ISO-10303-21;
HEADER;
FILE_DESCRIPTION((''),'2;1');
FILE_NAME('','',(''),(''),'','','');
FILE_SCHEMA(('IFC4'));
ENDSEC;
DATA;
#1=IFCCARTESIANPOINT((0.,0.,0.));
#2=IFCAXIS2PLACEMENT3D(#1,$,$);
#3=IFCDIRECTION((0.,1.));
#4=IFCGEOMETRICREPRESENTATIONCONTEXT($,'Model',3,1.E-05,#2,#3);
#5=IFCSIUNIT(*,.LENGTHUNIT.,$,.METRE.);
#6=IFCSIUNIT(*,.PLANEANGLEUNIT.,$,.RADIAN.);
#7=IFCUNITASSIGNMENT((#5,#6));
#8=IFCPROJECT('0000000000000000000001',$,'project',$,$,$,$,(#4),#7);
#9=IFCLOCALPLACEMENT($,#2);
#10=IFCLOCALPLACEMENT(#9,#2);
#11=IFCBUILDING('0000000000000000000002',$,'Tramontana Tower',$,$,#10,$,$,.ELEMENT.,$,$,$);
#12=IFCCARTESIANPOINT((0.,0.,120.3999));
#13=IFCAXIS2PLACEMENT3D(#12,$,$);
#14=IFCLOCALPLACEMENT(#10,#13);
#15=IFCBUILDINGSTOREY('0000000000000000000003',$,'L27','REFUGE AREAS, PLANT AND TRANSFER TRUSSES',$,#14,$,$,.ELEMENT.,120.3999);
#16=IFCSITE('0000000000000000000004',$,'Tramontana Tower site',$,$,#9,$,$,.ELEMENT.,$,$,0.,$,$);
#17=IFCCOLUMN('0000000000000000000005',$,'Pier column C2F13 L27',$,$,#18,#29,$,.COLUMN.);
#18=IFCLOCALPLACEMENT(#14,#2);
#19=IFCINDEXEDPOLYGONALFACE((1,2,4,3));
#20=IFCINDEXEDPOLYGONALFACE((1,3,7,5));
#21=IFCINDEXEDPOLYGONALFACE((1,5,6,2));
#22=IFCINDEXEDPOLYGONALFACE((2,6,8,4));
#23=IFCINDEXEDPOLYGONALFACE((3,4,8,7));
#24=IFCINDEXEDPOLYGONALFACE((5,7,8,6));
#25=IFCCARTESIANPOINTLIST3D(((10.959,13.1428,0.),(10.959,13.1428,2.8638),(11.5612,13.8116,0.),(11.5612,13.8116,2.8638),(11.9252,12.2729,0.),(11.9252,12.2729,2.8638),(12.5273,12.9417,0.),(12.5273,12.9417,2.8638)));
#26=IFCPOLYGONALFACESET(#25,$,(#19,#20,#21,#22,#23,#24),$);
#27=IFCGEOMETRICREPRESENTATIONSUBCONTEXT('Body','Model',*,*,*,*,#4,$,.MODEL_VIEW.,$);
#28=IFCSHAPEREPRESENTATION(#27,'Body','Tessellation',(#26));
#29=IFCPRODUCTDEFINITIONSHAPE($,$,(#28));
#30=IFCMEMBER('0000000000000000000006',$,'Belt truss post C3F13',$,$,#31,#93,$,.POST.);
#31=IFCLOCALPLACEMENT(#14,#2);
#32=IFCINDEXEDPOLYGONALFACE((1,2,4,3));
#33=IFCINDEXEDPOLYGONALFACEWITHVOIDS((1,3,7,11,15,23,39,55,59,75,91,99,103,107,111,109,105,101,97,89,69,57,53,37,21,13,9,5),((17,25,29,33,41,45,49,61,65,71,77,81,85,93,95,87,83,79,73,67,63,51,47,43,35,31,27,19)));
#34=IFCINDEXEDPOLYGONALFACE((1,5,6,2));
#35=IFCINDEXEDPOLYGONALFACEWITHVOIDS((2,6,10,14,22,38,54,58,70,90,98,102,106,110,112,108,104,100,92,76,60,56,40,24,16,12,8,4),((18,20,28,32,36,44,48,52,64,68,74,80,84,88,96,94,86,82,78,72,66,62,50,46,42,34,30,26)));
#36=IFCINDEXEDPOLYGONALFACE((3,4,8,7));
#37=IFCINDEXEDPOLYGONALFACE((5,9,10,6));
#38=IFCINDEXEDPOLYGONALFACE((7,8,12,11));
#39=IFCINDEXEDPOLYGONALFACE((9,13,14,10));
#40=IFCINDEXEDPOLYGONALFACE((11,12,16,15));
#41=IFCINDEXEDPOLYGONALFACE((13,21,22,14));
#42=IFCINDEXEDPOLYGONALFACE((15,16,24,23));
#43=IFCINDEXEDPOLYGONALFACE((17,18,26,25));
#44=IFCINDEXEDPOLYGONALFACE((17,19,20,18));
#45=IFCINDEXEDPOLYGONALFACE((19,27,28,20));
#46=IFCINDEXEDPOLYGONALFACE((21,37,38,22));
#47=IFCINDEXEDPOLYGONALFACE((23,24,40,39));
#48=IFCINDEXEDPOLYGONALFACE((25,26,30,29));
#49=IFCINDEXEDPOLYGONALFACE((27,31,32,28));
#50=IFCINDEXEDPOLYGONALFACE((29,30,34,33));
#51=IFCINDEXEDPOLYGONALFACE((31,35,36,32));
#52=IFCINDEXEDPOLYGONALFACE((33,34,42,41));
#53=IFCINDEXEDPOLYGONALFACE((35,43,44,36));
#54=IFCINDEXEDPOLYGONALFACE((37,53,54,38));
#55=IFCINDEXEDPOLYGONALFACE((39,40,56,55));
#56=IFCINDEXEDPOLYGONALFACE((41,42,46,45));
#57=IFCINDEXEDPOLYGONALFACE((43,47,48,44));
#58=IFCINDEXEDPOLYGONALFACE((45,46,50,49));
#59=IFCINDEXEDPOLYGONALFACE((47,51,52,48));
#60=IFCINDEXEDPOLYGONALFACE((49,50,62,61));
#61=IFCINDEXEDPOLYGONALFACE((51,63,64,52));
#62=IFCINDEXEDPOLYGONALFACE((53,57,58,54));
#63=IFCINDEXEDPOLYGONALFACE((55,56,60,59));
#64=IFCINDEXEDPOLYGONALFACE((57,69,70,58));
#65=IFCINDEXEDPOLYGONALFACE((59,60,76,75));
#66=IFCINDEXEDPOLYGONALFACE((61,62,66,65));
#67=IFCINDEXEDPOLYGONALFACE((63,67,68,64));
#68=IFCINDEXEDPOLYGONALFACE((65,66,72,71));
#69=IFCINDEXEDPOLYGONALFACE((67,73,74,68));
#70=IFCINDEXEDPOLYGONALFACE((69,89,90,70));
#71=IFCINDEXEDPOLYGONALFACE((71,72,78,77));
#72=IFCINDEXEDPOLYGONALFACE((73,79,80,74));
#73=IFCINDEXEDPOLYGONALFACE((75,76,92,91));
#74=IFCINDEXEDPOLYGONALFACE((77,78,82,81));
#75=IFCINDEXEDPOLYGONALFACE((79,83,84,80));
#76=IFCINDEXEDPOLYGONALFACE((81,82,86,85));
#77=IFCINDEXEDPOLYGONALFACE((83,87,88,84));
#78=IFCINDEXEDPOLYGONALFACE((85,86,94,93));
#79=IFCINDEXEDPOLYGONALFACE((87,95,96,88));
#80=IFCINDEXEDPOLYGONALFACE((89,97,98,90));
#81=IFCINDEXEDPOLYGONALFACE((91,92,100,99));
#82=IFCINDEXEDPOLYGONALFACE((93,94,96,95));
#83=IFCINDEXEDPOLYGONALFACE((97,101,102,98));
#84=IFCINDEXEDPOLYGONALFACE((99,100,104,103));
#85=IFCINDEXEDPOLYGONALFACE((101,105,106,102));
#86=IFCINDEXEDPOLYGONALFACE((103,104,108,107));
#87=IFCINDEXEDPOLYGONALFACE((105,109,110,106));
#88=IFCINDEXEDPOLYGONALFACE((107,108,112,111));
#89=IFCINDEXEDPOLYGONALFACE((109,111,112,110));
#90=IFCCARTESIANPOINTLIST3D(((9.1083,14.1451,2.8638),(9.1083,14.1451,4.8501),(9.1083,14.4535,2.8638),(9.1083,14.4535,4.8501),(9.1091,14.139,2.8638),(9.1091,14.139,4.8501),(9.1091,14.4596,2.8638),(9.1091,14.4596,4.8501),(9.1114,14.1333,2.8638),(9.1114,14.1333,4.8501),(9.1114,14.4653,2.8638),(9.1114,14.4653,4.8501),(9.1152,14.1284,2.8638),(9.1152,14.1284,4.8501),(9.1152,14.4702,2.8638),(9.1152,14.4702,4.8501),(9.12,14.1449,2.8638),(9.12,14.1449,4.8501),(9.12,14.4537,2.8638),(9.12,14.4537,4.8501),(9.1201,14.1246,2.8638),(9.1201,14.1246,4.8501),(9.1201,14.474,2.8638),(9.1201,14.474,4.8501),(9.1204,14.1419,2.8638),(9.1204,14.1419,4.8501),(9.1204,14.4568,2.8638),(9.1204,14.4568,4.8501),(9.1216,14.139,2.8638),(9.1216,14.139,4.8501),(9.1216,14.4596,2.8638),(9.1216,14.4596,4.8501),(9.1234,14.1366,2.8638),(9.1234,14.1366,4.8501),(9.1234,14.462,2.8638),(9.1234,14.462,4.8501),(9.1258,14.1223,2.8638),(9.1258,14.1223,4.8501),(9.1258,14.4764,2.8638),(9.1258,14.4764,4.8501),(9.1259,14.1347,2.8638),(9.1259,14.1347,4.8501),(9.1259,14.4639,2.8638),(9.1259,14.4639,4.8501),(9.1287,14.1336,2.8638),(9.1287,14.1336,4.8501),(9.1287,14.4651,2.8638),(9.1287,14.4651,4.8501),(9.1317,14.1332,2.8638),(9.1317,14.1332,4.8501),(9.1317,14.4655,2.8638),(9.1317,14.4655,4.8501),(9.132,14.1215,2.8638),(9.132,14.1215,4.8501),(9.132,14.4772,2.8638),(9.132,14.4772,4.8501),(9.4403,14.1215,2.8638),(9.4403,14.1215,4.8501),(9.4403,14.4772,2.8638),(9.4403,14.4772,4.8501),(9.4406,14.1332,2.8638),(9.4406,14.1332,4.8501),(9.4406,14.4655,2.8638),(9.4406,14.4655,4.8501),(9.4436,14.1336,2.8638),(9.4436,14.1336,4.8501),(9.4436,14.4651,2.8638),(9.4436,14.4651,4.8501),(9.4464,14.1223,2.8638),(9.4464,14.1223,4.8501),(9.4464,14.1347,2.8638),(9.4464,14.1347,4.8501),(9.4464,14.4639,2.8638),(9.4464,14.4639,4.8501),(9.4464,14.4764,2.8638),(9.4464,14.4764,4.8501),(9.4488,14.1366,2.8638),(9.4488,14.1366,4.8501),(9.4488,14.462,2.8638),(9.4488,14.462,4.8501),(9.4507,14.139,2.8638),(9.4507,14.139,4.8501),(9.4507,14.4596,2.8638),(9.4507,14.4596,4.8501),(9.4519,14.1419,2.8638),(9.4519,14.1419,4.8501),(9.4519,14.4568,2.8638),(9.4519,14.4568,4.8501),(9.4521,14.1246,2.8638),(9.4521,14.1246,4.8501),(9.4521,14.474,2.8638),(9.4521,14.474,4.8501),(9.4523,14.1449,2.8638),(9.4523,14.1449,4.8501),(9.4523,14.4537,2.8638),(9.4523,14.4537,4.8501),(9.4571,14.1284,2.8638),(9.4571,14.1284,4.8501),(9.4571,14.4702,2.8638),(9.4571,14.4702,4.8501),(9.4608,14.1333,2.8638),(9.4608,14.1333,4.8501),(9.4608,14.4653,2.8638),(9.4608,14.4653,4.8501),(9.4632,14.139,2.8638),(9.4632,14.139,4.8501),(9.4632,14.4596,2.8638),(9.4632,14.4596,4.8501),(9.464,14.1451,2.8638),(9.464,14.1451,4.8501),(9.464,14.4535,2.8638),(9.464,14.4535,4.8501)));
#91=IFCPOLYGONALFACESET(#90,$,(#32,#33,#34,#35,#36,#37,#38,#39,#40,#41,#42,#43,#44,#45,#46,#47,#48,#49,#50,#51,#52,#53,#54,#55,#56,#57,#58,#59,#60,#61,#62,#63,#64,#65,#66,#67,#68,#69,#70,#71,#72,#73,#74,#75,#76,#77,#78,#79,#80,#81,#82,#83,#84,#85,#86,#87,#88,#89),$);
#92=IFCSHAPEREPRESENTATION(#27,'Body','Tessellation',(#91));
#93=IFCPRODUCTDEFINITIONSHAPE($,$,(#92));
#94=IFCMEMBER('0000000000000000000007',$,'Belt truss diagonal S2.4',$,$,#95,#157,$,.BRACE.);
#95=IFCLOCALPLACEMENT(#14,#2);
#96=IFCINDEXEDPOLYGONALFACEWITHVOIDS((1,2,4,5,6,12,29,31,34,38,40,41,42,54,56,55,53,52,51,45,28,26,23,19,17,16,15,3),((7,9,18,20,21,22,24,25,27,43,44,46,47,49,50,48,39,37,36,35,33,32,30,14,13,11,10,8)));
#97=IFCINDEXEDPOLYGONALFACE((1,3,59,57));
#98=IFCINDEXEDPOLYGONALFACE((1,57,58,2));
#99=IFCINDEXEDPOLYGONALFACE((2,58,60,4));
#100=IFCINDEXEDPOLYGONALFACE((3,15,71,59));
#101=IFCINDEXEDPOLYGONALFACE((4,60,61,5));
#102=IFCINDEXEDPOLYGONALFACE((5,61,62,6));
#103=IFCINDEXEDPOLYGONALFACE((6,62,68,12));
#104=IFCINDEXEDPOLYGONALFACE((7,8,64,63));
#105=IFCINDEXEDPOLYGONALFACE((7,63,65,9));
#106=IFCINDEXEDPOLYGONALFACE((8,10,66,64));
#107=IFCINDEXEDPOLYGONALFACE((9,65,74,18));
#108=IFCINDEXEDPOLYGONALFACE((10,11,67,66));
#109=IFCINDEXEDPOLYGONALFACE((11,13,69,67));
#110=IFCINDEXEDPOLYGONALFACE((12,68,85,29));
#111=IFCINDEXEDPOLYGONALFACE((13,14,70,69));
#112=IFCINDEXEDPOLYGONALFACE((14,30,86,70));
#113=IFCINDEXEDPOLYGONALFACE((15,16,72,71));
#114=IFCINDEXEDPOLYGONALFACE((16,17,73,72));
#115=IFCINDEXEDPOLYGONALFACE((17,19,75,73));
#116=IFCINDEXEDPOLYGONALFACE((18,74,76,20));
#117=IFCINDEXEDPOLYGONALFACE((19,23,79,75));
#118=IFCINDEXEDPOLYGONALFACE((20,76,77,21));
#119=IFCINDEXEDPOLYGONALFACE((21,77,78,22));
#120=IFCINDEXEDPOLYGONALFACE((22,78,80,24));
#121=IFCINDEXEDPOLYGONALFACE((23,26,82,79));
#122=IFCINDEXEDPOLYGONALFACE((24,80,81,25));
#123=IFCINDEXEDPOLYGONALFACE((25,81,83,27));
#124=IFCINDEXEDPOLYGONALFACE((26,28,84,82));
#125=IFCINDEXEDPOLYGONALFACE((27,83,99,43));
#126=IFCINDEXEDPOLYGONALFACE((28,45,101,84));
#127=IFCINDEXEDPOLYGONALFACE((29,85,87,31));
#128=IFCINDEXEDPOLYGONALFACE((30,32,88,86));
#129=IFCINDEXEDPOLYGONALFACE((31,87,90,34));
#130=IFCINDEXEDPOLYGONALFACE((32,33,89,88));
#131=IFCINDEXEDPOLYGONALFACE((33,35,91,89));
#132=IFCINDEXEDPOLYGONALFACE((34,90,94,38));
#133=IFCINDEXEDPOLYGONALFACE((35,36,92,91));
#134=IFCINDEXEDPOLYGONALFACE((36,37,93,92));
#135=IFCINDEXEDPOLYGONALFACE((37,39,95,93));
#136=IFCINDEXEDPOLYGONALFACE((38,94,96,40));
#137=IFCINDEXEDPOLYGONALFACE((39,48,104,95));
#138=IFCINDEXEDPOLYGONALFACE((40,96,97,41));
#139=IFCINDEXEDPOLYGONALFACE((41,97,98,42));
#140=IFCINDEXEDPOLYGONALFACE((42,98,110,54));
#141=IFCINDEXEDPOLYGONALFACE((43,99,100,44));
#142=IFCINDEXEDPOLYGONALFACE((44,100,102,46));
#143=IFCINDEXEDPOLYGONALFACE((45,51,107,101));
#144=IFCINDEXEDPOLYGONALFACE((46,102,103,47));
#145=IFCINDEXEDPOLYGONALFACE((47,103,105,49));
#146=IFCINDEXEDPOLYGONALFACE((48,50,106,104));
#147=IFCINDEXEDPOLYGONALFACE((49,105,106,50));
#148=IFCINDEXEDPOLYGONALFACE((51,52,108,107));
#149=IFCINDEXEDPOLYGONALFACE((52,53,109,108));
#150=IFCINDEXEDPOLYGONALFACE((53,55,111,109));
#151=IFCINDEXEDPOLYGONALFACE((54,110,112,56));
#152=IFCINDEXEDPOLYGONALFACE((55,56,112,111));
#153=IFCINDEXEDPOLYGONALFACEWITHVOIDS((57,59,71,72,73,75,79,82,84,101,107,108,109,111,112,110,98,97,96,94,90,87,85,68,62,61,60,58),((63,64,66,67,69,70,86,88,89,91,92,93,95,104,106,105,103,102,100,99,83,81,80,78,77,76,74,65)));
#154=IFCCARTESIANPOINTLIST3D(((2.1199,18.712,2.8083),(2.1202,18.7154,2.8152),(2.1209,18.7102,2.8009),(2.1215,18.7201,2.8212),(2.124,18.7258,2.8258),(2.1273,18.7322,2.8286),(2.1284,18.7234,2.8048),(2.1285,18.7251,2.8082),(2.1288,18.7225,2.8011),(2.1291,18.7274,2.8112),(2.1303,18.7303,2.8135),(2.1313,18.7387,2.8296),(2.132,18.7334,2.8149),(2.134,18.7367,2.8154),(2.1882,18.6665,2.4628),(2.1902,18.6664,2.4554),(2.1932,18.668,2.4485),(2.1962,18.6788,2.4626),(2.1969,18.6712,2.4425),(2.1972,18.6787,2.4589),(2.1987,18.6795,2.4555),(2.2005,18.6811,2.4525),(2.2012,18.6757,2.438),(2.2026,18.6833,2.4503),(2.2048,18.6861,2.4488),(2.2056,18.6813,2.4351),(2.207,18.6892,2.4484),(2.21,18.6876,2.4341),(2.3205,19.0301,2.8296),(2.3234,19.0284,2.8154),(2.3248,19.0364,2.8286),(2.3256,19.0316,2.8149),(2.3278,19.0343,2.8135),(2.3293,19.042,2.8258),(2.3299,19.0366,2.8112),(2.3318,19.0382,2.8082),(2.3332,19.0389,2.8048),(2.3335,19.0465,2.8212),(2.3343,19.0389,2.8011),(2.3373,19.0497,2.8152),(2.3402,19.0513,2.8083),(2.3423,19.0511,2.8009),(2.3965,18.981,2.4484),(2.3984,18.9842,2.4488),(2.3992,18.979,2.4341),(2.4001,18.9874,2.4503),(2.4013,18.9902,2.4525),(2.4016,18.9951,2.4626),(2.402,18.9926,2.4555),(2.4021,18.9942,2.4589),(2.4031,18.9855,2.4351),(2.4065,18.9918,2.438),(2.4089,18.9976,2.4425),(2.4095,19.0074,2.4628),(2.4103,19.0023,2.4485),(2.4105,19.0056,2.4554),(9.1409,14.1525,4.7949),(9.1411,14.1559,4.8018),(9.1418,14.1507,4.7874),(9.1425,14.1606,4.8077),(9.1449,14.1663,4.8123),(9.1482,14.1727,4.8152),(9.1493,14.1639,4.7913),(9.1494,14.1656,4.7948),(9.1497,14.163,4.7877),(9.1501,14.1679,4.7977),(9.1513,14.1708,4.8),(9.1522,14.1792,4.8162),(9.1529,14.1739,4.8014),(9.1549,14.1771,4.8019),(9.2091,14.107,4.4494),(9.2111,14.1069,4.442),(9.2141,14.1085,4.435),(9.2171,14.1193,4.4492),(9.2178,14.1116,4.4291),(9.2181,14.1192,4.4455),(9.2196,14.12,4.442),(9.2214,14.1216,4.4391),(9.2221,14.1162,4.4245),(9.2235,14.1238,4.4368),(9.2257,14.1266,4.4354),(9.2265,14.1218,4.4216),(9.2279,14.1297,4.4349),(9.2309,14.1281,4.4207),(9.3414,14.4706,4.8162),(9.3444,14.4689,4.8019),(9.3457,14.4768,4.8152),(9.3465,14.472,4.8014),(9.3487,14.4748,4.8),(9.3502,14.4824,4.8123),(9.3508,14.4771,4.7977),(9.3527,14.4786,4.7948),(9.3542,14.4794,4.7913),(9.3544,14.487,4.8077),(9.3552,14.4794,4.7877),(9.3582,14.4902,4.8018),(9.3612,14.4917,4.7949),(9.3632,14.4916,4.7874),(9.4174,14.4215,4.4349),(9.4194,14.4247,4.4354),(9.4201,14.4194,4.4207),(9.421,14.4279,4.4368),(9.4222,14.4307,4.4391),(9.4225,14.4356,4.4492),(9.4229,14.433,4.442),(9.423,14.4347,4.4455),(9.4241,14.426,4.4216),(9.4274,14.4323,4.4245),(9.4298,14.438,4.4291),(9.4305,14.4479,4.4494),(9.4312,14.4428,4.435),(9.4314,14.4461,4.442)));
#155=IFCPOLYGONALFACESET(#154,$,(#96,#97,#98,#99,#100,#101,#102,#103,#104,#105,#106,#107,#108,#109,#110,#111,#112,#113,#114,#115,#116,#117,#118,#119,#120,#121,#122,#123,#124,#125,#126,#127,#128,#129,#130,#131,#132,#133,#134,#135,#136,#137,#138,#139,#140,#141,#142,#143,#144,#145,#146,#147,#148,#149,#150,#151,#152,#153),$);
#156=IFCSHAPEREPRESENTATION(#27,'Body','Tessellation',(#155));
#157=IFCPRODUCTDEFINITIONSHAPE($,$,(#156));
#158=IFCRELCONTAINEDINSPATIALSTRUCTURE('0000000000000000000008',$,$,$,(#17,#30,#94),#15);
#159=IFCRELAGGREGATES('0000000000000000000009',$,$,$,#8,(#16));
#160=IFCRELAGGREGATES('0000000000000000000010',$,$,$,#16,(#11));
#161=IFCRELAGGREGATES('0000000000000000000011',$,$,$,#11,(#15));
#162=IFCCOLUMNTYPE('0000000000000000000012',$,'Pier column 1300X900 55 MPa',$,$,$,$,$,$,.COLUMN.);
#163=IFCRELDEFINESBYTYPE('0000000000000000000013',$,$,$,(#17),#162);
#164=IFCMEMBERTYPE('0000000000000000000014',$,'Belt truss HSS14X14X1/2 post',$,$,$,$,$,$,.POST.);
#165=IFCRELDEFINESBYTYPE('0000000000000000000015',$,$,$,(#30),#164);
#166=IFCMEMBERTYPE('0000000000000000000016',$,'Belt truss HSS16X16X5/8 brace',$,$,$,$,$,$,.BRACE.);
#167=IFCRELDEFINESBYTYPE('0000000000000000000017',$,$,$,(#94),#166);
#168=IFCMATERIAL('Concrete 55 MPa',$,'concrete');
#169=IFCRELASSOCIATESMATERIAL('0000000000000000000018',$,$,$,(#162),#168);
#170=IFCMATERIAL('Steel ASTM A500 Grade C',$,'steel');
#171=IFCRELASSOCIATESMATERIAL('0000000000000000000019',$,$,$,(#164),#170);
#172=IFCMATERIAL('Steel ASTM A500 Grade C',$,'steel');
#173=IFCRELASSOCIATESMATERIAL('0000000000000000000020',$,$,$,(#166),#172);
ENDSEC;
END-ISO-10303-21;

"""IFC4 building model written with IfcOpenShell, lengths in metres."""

from ifc_helpers import new_model, si_unit, direction, frame, origin, origin_2d, place, context, subcontext, project, spatial, rectangle, hollow_rectangle, extrude, material, material_profile, profile_set, type_object, element, save


model = new_model("IFC4")

# Units and contexts
model_context = context("Model", 3, precision=1e-05, world=origin(), true_north=direction((0.0, 1.0)))
body_context = subcontext(model_context, "Body", "Model", "MODEL_VIEW")
ifc_project = project(units=[si_unit("LENGTHUNIT", "METRE"), si_unit("PLANEANGLEUNIT", "RADIAN")], contexts=[model_context])

# Site, building, storey
site_placement = place(None, origin())
site = spatial("IfcSite", under=ifc_project, at=site_placement, Name="Tramontana Tower site", CompositionType="ELEMENT", RefElevation=0.0)
building_placement = place(site_placement, origin())
building = spatial("IfcBuilding", under=site, at=building_placement, Name="Tramontana Tower", CompositionType="ELEMENT")
storey_placement = place(building_placement, frame((0.0, 0.0, 120.3999)))
storey = spatial("IfcBuildingStorey", under=building, at=storey_placement, Name="L27", Description="REFUGE AREAS, PLANT AND TRANSFER TRUSSES", CompositionType="ELEMENT", Elevation=120.3999)

# Column
ifc_material_1 = material(Name="Concrete 55 MPa", Category="concrete")
ifc_material_profile_1 = material_profile(ifc_material_1, rectangle(XDim=1.3, YDim=0.8999, at=origin_2d()), Name="Pier column 1300X900 55 MPa")
ifc_profile_set_1 = profile_set([ifc_material_profile_1], Name="Concrete 55 MPa")
column_type = type_object("IfcColumnType", Name="Pier column 1300X900 55 MPa", PredefinedType="COLUMN", material=ifc_profile_set_1)
column_placement = place(storey_placement, frame((11.7432, 13.0422, 0.0), z_axis=(0.0, 0.0, 1.0), x_axis=(-0.743145, 0.669131, 0.0)))
element("IfcColumn", 1, at=column_placement, inside=storey, type_object=column_type, Name="Pier column C2F13 L27", PredefinedType="COLUMN", context=body_context, shape_type="SweptSolid", body=[
    extrude(rectangle(XDim=1.3, YDim=0.8999, at=origin_2d()), origin(), (0.0, 0.0, 1.0), 2.8638),
])

# Members
ifc_material_2 = material(Name="Steel ASTM A500 Grade C", Category="steel")
ifc_material_profile_2 = material_profile(ifc_material_2, hollow_rectangle(XDim=0.3557, YDim=0.3557, WallThickness=0.0117, InnerFilletRadius=0.0117, OuterFilletRadius=0.0237, at=origin_2d()), Name="HSS14X14X1/2")
ifc_profile_set_2 = profile_set([ifc_material_profile_2], Name="Steel ASTM A500 Grade C")
member_type_1 = type_object("IfcMemberType", Name="Belt truss HSS14X14X1/2 post", PredefinedType="POST", material=ifc_profile_set_2)
member_1_placement = place(storey_placement, frame((9.2861, 14.2993, 2.8638), z_axis=(0.0, 0.0, 1.0), x_axis=(1.0, 0.0, 0.0)))
element("IfcMember", 2, at=member_1_placement, inside=storey, type_object=member_type_1, Name="Belt truss post C3F13", PredefinedType="POST", context=body_context, shape_type="SweptSolid", body=[
    extrude(hollow_rectangle(XDim=0.3557, YDim=0.3557, WallThickness=0.0117, InnerFilletRadius=0.0117, OuterFilletRadius=0.0237, at=origin_2d()), origin(), (0.0, 0.0, 1.0), 1.9863),
])
ifc_material_3 = material(Name="Steel ASTM A500 Grade C", Category="steel")
ifc_material_profile_3 = material_profile(ifc_material_3, hollow_rectangle(XDim=0.4065, YDim=0.4065, WallThickness=0.0146, InnerFilletRadius=0.0146, OuterFilletRadius=0.0295, at=origin_2d()), Name="HSS16X16X5/8")
ifc_profile_set_3 = profile_set([ifc_material_profile_3], Name="Steel ASTM A500 Grade C")
member_type_2 = type_object("IfcMemberType", Name="Belt truss HSS16X16X5/8 brace", PredefinedType="BRACE", material=ifc_profile_set_3)
member_2_placement = place(storey_placement, frame((9.2861, 14.2993, 4.6184), z_axis=(-0.816006, 0.52993, -0.230887), x_axis=(-0.544646, -0.838666, 0.0)))
element("IfcMember", 3, at=member_2_placement, inside=storey, type_object=member_type_2, Name="Belt truss diagonal S2.4", PredefinedType="BRACE", context=body_context, shape_type="SweptSolid", body=[
    extrude(hollow_rectangle(XDim=0.4065, YDim=0.4065, WallThickness=0.0146, InnerFilletRadius=0.0146, OuterFilletRadius=0.0295, at=origin_2d()), origin(), (0.0, 0.0, 1.0), 8.604),
])

save(model, "model.ifc")
